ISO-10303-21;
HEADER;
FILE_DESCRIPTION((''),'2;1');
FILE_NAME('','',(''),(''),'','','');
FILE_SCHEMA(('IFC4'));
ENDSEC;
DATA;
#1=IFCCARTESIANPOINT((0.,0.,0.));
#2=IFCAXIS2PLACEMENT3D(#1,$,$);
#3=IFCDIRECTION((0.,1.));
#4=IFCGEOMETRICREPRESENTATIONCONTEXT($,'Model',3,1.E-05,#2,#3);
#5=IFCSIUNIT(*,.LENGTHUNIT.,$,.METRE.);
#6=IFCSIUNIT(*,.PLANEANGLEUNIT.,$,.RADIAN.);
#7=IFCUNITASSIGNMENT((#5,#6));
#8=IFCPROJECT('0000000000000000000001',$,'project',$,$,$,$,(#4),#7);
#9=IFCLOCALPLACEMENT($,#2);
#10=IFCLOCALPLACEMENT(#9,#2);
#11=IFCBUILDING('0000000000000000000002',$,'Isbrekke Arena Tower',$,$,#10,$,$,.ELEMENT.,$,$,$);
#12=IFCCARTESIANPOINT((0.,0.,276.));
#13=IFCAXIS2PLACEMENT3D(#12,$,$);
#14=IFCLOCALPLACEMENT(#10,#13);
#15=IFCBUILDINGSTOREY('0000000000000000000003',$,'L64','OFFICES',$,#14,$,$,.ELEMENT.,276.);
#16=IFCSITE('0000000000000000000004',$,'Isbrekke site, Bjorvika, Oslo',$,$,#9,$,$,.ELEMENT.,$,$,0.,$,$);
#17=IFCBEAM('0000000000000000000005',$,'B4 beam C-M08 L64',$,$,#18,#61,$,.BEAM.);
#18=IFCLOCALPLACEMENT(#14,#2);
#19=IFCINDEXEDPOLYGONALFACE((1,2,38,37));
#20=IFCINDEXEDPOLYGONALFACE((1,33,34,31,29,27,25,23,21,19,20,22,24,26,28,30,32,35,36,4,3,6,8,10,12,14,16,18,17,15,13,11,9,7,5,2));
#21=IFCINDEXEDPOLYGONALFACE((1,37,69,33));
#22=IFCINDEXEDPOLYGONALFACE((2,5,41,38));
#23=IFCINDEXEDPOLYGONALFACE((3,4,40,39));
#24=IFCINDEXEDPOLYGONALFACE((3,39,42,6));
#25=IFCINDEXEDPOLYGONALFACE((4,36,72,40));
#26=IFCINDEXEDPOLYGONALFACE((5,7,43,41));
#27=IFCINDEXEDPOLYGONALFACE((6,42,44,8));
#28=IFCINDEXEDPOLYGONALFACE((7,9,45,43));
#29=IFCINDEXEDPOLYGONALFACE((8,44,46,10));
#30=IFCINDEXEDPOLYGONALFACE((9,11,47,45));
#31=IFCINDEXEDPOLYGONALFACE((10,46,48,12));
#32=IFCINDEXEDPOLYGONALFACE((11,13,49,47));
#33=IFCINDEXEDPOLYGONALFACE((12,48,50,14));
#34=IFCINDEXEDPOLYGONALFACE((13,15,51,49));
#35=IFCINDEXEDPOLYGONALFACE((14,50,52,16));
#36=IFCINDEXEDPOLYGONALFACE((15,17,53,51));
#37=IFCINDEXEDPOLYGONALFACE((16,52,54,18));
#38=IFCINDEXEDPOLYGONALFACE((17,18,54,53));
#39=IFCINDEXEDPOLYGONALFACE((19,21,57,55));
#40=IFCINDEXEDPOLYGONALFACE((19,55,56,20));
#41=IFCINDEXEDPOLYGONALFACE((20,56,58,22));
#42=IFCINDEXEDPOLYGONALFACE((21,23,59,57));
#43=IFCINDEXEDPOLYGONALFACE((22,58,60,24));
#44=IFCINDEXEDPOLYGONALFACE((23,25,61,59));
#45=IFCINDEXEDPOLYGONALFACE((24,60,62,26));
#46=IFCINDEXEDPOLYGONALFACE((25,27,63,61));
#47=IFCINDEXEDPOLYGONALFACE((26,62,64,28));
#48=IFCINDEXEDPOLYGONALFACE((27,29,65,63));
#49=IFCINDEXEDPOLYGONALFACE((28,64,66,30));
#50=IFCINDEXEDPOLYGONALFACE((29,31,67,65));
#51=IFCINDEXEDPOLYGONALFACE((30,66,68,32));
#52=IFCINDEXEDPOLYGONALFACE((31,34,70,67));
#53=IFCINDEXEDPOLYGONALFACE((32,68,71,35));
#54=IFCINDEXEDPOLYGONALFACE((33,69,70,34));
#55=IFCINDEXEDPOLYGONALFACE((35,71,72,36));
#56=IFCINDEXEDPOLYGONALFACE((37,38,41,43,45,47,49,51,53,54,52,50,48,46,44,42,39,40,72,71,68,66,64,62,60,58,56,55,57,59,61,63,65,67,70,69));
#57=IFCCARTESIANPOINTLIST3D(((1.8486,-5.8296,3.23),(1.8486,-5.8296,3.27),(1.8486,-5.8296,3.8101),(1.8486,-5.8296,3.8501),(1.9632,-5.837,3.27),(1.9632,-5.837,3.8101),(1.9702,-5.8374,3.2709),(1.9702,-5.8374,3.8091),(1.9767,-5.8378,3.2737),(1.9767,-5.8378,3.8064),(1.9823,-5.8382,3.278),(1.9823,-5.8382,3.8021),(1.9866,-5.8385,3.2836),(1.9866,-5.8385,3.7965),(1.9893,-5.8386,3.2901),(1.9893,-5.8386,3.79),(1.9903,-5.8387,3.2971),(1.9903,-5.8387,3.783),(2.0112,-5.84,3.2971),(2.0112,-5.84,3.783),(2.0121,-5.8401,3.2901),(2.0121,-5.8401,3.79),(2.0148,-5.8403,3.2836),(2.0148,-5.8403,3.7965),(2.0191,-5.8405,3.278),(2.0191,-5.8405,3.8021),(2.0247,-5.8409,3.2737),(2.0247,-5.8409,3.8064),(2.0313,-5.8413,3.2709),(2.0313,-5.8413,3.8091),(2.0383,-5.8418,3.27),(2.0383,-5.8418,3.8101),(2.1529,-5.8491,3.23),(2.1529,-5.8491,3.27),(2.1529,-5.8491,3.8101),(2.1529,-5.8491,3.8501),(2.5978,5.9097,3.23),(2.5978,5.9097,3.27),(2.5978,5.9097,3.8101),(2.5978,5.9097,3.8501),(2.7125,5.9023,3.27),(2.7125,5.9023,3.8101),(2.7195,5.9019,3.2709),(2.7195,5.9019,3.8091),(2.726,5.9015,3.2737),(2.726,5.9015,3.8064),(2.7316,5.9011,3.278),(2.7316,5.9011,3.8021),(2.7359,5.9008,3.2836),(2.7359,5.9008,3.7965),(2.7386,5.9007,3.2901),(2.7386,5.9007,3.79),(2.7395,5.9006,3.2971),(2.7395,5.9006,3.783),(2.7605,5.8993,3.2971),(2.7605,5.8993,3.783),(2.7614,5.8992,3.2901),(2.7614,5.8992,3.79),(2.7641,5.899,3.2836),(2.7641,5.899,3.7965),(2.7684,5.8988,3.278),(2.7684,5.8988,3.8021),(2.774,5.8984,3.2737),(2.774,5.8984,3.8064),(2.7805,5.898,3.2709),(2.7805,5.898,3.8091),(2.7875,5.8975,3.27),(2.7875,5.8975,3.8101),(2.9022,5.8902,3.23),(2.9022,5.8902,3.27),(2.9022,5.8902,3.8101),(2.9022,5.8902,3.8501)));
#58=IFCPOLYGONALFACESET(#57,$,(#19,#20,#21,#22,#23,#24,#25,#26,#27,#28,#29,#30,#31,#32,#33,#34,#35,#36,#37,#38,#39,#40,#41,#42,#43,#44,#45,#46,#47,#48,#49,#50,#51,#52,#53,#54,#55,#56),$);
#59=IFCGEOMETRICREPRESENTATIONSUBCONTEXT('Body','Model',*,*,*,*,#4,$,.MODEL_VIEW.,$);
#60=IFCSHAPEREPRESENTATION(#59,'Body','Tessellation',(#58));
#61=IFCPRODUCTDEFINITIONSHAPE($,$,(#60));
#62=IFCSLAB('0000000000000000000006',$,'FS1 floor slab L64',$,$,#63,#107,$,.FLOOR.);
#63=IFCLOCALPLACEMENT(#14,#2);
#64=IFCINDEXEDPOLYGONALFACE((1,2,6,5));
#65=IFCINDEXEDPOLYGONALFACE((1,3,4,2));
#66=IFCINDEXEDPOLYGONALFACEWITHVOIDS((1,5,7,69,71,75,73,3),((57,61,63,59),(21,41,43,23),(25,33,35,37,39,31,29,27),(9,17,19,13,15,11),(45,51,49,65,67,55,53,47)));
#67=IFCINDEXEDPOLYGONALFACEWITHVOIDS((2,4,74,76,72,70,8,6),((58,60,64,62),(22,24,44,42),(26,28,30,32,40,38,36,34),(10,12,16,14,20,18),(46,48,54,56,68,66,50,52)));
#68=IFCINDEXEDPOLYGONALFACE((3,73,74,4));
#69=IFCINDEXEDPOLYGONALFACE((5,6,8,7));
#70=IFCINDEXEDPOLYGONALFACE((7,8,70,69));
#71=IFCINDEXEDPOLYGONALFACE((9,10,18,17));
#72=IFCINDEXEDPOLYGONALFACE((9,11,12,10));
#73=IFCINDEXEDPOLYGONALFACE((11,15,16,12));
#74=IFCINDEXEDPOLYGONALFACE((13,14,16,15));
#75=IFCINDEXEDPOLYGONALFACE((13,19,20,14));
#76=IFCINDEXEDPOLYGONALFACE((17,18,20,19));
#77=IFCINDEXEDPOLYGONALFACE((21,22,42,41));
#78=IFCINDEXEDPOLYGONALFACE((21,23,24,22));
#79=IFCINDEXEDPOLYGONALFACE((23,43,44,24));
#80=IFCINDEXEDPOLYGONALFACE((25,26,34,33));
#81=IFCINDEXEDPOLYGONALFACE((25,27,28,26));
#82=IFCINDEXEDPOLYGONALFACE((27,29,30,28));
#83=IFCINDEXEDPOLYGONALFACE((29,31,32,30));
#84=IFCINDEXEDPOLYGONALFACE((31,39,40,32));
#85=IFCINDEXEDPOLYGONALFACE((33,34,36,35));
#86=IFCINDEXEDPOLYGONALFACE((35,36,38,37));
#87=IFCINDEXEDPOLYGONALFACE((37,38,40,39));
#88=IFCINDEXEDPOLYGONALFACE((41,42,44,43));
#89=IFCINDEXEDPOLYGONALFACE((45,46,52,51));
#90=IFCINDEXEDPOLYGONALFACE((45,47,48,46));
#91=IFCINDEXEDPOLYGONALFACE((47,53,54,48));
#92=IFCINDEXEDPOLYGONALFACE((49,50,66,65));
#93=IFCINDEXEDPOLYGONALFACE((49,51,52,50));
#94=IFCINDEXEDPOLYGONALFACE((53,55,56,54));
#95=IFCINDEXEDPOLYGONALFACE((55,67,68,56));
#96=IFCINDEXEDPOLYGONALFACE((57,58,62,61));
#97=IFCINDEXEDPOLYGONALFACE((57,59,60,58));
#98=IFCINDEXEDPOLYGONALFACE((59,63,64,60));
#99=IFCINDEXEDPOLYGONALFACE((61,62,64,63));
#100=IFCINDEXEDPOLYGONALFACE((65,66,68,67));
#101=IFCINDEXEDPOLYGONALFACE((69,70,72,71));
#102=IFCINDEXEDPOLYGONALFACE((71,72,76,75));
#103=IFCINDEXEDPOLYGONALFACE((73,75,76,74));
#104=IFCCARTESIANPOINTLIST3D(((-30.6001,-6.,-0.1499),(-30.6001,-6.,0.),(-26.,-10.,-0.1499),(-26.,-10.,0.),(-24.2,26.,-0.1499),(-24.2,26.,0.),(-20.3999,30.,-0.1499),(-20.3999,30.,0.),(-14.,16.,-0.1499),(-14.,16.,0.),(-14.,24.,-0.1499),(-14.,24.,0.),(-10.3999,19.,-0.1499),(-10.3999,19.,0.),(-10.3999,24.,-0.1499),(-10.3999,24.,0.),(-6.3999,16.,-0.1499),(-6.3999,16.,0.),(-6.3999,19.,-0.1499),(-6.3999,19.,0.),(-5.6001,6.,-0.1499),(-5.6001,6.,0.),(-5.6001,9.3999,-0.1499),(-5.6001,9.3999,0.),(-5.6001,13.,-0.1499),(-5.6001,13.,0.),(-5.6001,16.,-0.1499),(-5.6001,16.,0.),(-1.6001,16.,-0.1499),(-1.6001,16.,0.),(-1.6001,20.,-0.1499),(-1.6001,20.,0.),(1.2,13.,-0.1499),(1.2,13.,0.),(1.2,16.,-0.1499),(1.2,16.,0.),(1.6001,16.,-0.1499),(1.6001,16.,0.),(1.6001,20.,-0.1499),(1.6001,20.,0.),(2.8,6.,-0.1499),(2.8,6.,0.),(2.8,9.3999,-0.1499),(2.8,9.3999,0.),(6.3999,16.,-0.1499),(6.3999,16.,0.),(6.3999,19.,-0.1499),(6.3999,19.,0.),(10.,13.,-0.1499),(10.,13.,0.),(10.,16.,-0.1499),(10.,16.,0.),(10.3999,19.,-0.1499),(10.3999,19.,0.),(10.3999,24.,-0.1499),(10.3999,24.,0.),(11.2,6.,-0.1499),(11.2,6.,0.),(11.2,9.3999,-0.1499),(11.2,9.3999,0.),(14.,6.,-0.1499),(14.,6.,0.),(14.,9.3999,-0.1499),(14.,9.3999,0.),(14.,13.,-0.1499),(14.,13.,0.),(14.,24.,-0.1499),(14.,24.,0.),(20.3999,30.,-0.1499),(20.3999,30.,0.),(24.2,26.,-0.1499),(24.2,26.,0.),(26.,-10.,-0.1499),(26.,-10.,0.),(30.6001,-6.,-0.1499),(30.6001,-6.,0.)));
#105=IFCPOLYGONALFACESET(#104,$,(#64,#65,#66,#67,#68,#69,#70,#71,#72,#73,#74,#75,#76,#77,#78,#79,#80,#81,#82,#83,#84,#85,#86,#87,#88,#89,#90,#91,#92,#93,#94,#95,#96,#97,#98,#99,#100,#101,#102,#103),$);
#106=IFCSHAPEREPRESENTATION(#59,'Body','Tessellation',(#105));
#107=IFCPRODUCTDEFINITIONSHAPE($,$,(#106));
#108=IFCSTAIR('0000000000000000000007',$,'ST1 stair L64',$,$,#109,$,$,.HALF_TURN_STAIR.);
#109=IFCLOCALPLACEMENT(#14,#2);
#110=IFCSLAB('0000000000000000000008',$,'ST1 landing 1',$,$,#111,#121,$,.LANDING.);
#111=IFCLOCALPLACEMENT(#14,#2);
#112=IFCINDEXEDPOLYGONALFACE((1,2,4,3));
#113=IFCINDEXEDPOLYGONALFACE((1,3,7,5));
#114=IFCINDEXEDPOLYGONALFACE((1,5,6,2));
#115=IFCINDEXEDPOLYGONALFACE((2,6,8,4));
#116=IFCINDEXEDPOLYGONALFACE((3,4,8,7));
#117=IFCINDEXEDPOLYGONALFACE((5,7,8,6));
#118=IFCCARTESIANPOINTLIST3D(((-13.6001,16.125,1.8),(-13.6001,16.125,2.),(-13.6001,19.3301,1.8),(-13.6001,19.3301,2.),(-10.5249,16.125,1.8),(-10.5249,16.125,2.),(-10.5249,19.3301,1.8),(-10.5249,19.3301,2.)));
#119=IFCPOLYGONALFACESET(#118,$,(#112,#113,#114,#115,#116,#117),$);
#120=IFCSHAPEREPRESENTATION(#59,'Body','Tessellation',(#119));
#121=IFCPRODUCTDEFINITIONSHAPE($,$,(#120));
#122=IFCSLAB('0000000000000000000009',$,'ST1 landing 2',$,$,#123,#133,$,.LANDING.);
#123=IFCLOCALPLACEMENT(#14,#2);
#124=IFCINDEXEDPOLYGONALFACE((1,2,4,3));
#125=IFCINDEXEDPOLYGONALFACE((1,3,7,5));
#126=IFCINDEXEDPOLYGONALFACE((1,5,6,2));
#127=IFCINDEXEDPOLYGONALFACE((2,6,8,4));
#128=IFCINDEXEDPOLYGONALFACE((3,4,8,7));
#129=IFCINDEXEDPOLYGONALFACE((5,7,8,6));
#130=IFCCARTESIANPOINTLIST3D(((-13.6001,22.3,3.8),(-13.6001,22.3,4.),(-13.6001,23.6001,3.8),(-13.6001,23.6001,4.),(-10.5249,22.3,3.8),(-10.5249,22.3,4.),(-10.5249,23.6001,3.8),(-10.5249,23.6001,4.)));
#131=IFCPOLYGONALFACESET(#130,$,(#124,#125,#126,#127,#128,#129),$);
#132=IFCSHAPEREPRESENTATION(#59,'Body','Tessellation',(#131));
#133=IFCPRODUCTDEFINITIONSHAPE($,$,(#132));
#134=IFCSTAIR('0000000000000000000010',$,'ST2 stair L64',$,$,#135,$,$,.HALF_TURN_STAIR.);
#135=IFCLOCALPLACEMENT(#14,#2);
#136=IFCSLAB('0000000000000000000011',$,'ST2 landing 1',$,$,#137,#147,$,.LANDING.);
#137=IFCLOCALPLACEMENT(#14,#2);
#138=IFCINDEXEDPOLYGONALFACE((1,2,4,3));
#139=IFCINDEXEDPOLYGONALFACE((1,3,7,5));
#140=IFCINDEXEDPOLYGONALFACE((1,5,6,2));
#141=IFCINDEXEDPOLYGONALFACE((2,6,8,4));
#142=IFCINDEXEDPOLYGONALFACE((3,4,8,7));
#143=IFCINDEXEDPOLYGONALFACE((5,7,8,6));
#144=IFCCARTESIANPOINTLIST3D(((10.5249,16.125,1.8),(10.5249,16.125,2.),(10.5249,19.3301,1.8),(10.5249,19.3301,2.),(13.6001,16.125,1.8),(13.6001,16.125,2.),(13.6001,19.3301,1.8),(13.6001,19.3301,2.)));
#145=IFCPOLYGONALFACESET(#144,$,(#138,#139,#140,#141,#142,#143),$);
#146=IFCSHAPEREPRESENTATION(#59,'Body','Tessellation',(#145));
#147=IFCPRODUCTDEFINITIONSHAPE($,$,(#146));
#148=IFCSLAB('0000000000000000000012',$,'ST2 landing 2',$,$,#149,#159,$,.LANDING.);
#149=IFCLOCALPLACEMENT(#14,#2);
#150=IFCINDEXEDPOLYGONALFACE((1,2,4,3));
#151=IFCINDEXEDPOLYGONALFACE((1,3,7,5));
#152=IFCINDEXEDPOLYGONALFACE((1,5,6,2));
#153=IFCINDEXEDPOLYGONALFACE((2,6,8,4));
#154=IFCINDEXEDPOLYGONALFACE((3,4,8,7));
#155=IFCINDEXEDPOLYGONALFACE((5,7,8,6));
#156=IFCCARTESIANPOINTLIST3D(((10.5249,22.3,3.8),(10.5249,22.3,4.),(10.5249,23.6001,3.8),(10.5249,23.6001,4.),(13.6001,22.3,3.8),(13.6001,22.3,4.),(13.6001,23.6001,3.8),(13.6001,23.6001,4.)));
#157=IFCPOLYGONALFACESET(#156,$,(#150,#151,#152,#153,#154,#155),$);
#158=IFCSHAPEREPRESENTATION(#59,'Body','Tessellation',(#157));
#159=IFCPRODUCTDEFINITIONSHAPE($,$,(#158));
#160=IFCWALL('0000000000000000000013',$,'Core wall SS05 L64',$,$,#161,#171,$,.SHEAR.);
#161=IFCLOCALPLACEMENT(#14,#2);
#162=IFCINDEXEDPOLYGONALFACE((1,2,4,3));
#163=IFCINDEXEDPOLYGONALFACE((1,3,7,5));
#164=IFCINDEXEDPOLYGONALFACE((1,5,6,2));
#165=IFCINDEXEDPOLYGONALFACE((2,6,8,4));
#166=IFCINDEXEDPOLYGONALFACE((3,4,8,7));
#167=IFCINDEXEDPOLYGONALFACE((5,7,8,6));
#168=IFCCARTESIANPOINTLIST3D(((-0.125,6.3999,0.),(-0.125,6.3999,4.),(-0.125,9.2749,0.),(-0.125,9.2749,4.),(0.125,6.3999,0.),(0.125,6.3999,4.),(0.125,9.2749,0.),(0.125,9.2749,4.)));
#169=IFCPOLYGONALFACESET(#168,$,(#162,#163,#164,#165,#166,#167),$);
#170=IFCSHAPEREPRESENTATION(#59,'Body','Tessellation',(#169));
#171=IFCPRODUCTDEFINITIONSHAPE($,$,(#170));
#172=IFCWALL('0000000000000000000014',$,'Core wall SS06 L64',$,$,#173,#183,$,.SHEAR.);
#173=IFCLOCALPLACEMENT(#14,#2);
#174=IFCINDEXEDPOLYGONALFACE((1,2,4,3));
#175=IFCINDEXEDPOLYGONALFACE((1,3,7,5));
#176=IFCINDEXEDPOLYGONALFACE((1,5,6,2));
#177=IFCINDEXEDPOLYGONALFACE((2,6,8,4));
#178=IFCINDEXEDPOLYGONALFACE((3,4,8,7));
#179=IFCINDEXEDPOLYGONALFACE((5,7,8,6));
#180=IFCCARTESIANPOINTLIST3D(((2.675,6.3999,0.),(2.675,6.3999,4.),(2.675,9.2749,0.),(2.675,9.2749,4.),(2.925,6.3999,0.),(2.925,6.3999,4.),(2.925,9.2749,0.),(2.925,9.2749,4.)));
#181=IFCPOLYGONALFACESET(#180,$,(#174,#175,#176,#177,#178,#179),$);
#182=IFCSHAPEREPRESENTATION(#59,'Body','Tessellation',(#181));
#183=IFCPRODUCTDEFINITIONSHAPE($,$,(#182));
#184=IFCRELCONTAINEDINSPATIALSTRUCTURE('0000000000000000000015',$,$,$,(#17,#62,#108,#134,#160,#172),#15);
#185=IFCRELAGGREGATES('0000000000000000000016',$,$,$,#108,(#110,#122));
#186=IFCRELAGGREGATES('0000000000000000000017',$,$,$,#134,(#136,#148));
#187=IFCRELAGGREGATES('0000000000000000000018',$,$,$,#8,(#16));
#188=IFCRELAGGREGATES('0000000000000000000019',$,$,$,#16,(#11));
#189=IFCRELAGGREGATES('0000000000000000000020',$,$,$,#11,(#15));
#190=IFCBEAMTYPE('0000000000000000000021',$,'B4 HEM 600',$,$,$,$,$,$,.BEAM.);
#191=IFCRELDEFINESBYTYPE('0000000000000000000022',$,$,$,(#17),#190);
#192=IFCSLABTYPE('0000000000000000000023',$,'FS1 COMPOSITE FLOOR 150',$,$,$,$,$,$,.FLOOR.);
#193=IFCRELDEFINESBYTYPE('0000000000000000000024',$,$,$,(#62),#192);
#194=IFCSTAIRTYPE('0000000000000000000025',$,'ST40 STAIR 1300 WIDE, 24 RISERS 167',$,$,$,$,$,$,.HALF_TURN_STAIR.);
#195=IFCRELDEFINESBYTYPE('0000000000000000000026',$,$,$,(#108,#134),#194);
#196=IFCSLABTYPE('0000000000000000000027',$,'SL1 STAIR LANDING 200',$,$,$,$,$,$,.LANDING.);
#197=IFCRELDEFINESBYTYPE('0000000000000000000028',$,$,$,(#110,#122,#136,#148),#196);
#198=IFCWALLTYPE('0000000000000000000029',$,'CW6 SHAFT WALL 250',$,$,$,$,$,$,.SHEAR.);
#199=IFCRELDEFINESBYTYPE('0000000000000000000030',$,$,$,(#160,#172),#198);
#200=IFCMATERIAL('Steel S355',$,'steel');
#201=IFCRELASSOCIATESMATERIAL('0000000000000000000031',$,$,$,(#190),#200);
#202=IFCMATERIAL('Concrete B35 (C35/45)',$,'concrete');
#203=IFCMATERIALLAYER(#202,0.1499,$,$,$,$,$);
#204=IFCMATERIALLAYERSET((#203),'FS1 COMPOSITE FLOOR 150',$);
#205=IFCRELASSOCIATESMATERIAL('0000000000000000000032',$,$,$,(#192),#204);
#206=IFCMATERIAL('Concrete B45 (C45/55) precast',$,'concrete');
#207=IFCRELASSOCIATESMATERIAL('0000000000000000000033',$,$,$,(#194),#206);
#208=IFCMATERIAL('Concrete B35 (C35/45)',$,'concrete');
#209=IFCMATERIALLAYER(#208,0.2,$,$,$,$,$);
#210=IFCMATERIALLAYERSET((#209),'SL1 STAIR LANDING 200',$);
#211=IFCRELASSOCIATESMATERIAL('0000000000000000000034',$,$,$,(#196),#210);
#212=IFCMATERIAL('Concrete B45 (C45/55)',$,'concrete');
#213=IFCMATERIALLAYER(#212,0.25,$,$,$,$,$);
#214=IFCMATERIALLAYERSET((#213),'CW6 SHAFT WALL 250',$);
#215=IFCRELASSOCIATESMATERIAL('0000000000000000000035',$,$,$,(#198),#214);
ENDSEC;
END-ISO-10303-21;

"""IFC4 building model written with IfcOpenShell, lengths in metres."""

from ifc_helpers import new_model, si_unit, direction, frame, frame_2d, origin, origin_2d, place, context, subcontext, project, spatial, polyline, rectangle, i_section, outline, extrude, material, layer, layer_set, material_profile, profile_set, type_object, element, aggregate, save


model = new_model("IFC4")

# Units and contexts
model_context = context("Model", 3, precision=1e-05, world=origin(), true_north=direction((0.0, 1.0)))
body_context = subcontext(model_context, "Body", "Model", "MODEL_VIEW")
ifc_project = project(units=[si_unit("LENGTHUNIT", "METRE"), si_unit("PLANEANGLEUNIT", "RADIAN")], contexts=[model_context])

# Site, building, storey
site_placement = place(None, origin())
site = spatial("IfcSite", under=ifc_project, at=site_placement, Name="Isbrekke site, Bjorvika, Oslo", CompositionType="ELEMENT", RefElevation=0.0)
building_placement = place(site_placement, origin())
building = spatial("IfcBuilding", under=site, at=building_placement, Name="Isbrekke Arena Tower", CompositionType="ELEMENT")
storey_placement = place(building_placement, frame((0.0, 0.0, 276.0)))
storey = spatial("IfcBuildingStorey", under=building, at=storey_placement, Name="L64", Description="OFFICES", CompositionType="ELEMENT", Elevation=276.0)

# Beam
ifc_material_1 = material(Name="Steel S355", Category="steel")
ifc_material_profile = material_profile(ifc_material_1, i_section(OverallWidth=0.3049, OverallDepth=0.6201, WebThickness=0.021, FlangeThickness=0.04, FilletRadius=0.0271, at=origin_2d()), Name="HEM 600")
ifc_profile_set = profile_set([ifc_material_profile], Name="Steel S355")
beam_type = type_object("IfcBeamType", Name="B4 HEM 600", PredefinedType="BEAM", material=ifc_profile_set)
beam_placement = place(storey_placement, frame((2.0007, -5.8394, 3.54), z_axis=(0.063696, 0.997969, 0.0), x_axis=(-0.997969, 0.063696, 0.0)))
element("IfcBeam", 1, at=beam_placement, inside=storey, type_object=beam_type, Name="B4 beam C-M08 L64", PredefinedType="BEAM", context=body_context, shape_type="SweptSolid", body=[
    extrude(i_section(OverallWidth=0.3049, OverallDepth=0.6201, WebThickness=0.021, FlangeThickness=0.04, FilletRadius=0.0271, at=origin_2d()), origin(), (0.0, 0.0, 1.0), 11.7632),
])

# Slab
ifc_material_2 = material(Name="Concrete B35 (C35/45)", Category="concrete")
ifc_layer_1 = layer(ifc_material_2, 0.1499)
ifc_layer_set_1 = layer_set([ifc_layer_1], Name="FS1 COMPOSITE FLOOR 150")
slab_type_1 = type_object("IfcSlabType", Name="FS1 COMPOSITE FLOOR 150", PredefinedType="FLOOR", material=ifc_layer_set_1)
slab_1_placement = place(storey_placement, frame((0.0, 0.0, -0.1499)))
element("IfcSlab", 2, at=slab_1_placement, inside=storey, type_object=slab_type_1, Name="FS1 floor slab L64", PredefinedType="FLOOR", context=body_context, shape_type="SweptSolid", body=[
    extrude(outline(polyline([(-26.0, -10.0), (26.0, -10.0), (30.6001, -6.0), (24.2, 26.0), (20.3999, 30.0), (-20.3999, 30.0), (-24.2, 26.0), (-30.6001, -6.0), (-26.0, -10.0)]), holes=[polyline([(2.8, 9.3999), (2.8, 6.0), (-5.6001, 6.0), (-5.6001, 9.3999), (2.8, 9.3999)]), polyline([(11.2, 6.0), (11.2, 9.3999), (14.0, 9.3999), (14.0, 6.0), (11.2, 6.0)]), polyline([(-5.6001, 13.0), (-5.6001, 16.0), (-1.6001, 16.0), (-1.6001, 20.0), (1.6001, 20.0), (1.6001, 16.0), (1.2, 16.0), (1.2, 13.0), (-5.6001, 13.0)]), polyline([(14.0, 13.0), (10.0, 13.0), (10.0, 16.0), (6.3999, 16.0), (6.3999, 19.0), (10.3999, 19.0), (10.3999, 24.0), (14.0, 24.0), (14.0, 13.0)]), polyline([(-6.3999, 19.0), (-6.3999, 16.0), (-14.0, 16.0), (-14.0, 24.0), (-10.3999, 24.0), (-10.3999, 19.0), (-6.3999, 19.0)])]), origin(), (0.0, 0.0, 1.0), 0.1499),
])

# Stairs, slabs
ifc_material_3 = material(Name="Concrete B45 (C45/55) precast", Category="concrete")
stair_type = type_object("IfcStairType", Name="ST40 STAIR 1300 WIDE, 24 RISERS 167", PredefinedType="HALF_TURN_STAIR", material=ifc_material_3)
stair_1_placement = place(storey_placement, origin())
stair_1 = element("IfcStair", 3, at=stair_1_placement, inside=storey, type_object=stair_type, Name="ST1 stair L64", PredefinedType="HALF_TURN_STAIR")
ifc_material_4 = material(Name="Concrete B35 (C35/45)", Category="concrete")
ifc_layer_2 = layer(ifc_material_4, 0.2)
ifc_layer_set_2 = layer_set([ifc_layer_2], Name="SL1 STAIR LANDING 200")
slab_type_2 = type_object("IfcSlabType", Name="SL1 STAIR LANDING 200", PredefinedType="LANDING", material=ifc_layer_set_2)
slab_2_placement = place(storey_placement, frame((0.0, 0.0, 1.8)))
slab_2 = element("IfcSlab", 4, at=slab_2_placement, type_object=slab_type_2, Name="ST1 landing 1", PredefinedType="LANDING", context=body_context, shape_type="SweptSolid", body=[
    extrude(outline(polyline([(-13.6001, 16.125), (-10.5249, 16.125), (-10.5249, 19.3301), (-13.6001, 19.3301), (-13.6001, 16.125)])), origin(), (0.0, 0.0, 1.0), 0.2),
])
slab_3_placement = place(storey_placement, frame((0.0, 0.0, 3.8)))
slab_3 = element("IfcSlab", 5, at=slab_3_placement, type_object=slab_type_2, Name="ST1 landing 2", PredefinedType="LANDING", context=body_context, shape_type="SweptSolid", body=[
    extrude(outline(polyline([(-13.6001, 22.3), (-10.5249, 22.3), (-10.5249, 23.6001), (-13.6001, 23.6001), (-13.6001, 22.3)])), origin(), (0.0, 0.0, 1.0), 0.2),
])
aggregate(stair_1, [slab_2, slab_3])
stair_2_placement = place(storey_placement, origin())
stair_2 = element("IfcStair", 6, at=stair_2_placement, inside=storey, type_object=stair_type, Name="ST2 stair L64", PredefinedType="HALF_TURN_STAIR")
slab_4_placement = place(storey_placement, frame((0.0, 0.0, 1.8)))
slab_4 = element("IfcSlab", 7, at=slab_4_placement, type_object=slab_type_2, Name="ST2 landing 1", PredefinedType="LANDING", context=body_context, shape_type="SweptSolid", body=[
    extrude(outline(polyline([(10.5249, 16.125), (13.6001, 16.125), (13.6001, 19.3301), (10.5249, 19.3301), (10.5249, 16.125)])), origin(), (0.0, 0.0, 1.0), 0.2),
])
slab_5_placement = place(storey_placement, frame((0.0, 0.0, 3.8)))
slab_5 = element("IfcSlab", 8, at=slab_5_placement, type_object=slab_type_2, Name="ST2 landing 2", PredefinedType="LANDING", context=body_context, shape_type="SweptSolid", body=[
    extrude(outline(polyline([(10.5249, 22.3), (13.6001, 22.3), (13.6001, 23.6001), (10.5249, 23.6001), (10.5249, 22.3)])), origin(), (0.0, 0.0, 1.0), 0.2),
])
aggregate(stair_2, [slab_4, slab_5])

# Walls
ifc_material_5 = material(Name="Concrete B45 (C45/55)", Category="concrete")
ifc_layer_3 = layer(ifc_material_5, 0.25)
ifc_layer_set_3 = layer_set([ifc_layer_3], Name="CW6 SHAFT WALL 250")
wall_type_1 = type_object("IfcWallType", Name="CW6 SHAFT WALL 250", PredefinedType="SHEAR", material=ifc_layer_set_3)
for number, where, z_axis, x_axis, name in (
    (9, (0.0, 6.3999, 0.0), (0.0, 0.0, 1.0), (0.0, 1.0, 0.0), "Core wall SS05 L64"),
    (10, (2.8, 6.3999, 0.0), (0.0, 0.0, 1.0), (0.0, 1.0, 0.0), "Core wall SS06 L64"),
):
    element("IfcWall", number, at=place(storey_placement, frame(where, z_axis=z_axis, x_axis=x_axis)), inside=storey, type_object=wall_type_1, Name=name, PredefinedType="SHEAR", context=body_context, shape_type="SweptSolid", body=[
        extrude(rectangle(XDim=2.875, YDim=0.25, at=frame_2d((1.4375, 0.0))), origin(), (0.0, 0.0, 1.0), 4.0),
    ])

save(model, "model.ifc")
